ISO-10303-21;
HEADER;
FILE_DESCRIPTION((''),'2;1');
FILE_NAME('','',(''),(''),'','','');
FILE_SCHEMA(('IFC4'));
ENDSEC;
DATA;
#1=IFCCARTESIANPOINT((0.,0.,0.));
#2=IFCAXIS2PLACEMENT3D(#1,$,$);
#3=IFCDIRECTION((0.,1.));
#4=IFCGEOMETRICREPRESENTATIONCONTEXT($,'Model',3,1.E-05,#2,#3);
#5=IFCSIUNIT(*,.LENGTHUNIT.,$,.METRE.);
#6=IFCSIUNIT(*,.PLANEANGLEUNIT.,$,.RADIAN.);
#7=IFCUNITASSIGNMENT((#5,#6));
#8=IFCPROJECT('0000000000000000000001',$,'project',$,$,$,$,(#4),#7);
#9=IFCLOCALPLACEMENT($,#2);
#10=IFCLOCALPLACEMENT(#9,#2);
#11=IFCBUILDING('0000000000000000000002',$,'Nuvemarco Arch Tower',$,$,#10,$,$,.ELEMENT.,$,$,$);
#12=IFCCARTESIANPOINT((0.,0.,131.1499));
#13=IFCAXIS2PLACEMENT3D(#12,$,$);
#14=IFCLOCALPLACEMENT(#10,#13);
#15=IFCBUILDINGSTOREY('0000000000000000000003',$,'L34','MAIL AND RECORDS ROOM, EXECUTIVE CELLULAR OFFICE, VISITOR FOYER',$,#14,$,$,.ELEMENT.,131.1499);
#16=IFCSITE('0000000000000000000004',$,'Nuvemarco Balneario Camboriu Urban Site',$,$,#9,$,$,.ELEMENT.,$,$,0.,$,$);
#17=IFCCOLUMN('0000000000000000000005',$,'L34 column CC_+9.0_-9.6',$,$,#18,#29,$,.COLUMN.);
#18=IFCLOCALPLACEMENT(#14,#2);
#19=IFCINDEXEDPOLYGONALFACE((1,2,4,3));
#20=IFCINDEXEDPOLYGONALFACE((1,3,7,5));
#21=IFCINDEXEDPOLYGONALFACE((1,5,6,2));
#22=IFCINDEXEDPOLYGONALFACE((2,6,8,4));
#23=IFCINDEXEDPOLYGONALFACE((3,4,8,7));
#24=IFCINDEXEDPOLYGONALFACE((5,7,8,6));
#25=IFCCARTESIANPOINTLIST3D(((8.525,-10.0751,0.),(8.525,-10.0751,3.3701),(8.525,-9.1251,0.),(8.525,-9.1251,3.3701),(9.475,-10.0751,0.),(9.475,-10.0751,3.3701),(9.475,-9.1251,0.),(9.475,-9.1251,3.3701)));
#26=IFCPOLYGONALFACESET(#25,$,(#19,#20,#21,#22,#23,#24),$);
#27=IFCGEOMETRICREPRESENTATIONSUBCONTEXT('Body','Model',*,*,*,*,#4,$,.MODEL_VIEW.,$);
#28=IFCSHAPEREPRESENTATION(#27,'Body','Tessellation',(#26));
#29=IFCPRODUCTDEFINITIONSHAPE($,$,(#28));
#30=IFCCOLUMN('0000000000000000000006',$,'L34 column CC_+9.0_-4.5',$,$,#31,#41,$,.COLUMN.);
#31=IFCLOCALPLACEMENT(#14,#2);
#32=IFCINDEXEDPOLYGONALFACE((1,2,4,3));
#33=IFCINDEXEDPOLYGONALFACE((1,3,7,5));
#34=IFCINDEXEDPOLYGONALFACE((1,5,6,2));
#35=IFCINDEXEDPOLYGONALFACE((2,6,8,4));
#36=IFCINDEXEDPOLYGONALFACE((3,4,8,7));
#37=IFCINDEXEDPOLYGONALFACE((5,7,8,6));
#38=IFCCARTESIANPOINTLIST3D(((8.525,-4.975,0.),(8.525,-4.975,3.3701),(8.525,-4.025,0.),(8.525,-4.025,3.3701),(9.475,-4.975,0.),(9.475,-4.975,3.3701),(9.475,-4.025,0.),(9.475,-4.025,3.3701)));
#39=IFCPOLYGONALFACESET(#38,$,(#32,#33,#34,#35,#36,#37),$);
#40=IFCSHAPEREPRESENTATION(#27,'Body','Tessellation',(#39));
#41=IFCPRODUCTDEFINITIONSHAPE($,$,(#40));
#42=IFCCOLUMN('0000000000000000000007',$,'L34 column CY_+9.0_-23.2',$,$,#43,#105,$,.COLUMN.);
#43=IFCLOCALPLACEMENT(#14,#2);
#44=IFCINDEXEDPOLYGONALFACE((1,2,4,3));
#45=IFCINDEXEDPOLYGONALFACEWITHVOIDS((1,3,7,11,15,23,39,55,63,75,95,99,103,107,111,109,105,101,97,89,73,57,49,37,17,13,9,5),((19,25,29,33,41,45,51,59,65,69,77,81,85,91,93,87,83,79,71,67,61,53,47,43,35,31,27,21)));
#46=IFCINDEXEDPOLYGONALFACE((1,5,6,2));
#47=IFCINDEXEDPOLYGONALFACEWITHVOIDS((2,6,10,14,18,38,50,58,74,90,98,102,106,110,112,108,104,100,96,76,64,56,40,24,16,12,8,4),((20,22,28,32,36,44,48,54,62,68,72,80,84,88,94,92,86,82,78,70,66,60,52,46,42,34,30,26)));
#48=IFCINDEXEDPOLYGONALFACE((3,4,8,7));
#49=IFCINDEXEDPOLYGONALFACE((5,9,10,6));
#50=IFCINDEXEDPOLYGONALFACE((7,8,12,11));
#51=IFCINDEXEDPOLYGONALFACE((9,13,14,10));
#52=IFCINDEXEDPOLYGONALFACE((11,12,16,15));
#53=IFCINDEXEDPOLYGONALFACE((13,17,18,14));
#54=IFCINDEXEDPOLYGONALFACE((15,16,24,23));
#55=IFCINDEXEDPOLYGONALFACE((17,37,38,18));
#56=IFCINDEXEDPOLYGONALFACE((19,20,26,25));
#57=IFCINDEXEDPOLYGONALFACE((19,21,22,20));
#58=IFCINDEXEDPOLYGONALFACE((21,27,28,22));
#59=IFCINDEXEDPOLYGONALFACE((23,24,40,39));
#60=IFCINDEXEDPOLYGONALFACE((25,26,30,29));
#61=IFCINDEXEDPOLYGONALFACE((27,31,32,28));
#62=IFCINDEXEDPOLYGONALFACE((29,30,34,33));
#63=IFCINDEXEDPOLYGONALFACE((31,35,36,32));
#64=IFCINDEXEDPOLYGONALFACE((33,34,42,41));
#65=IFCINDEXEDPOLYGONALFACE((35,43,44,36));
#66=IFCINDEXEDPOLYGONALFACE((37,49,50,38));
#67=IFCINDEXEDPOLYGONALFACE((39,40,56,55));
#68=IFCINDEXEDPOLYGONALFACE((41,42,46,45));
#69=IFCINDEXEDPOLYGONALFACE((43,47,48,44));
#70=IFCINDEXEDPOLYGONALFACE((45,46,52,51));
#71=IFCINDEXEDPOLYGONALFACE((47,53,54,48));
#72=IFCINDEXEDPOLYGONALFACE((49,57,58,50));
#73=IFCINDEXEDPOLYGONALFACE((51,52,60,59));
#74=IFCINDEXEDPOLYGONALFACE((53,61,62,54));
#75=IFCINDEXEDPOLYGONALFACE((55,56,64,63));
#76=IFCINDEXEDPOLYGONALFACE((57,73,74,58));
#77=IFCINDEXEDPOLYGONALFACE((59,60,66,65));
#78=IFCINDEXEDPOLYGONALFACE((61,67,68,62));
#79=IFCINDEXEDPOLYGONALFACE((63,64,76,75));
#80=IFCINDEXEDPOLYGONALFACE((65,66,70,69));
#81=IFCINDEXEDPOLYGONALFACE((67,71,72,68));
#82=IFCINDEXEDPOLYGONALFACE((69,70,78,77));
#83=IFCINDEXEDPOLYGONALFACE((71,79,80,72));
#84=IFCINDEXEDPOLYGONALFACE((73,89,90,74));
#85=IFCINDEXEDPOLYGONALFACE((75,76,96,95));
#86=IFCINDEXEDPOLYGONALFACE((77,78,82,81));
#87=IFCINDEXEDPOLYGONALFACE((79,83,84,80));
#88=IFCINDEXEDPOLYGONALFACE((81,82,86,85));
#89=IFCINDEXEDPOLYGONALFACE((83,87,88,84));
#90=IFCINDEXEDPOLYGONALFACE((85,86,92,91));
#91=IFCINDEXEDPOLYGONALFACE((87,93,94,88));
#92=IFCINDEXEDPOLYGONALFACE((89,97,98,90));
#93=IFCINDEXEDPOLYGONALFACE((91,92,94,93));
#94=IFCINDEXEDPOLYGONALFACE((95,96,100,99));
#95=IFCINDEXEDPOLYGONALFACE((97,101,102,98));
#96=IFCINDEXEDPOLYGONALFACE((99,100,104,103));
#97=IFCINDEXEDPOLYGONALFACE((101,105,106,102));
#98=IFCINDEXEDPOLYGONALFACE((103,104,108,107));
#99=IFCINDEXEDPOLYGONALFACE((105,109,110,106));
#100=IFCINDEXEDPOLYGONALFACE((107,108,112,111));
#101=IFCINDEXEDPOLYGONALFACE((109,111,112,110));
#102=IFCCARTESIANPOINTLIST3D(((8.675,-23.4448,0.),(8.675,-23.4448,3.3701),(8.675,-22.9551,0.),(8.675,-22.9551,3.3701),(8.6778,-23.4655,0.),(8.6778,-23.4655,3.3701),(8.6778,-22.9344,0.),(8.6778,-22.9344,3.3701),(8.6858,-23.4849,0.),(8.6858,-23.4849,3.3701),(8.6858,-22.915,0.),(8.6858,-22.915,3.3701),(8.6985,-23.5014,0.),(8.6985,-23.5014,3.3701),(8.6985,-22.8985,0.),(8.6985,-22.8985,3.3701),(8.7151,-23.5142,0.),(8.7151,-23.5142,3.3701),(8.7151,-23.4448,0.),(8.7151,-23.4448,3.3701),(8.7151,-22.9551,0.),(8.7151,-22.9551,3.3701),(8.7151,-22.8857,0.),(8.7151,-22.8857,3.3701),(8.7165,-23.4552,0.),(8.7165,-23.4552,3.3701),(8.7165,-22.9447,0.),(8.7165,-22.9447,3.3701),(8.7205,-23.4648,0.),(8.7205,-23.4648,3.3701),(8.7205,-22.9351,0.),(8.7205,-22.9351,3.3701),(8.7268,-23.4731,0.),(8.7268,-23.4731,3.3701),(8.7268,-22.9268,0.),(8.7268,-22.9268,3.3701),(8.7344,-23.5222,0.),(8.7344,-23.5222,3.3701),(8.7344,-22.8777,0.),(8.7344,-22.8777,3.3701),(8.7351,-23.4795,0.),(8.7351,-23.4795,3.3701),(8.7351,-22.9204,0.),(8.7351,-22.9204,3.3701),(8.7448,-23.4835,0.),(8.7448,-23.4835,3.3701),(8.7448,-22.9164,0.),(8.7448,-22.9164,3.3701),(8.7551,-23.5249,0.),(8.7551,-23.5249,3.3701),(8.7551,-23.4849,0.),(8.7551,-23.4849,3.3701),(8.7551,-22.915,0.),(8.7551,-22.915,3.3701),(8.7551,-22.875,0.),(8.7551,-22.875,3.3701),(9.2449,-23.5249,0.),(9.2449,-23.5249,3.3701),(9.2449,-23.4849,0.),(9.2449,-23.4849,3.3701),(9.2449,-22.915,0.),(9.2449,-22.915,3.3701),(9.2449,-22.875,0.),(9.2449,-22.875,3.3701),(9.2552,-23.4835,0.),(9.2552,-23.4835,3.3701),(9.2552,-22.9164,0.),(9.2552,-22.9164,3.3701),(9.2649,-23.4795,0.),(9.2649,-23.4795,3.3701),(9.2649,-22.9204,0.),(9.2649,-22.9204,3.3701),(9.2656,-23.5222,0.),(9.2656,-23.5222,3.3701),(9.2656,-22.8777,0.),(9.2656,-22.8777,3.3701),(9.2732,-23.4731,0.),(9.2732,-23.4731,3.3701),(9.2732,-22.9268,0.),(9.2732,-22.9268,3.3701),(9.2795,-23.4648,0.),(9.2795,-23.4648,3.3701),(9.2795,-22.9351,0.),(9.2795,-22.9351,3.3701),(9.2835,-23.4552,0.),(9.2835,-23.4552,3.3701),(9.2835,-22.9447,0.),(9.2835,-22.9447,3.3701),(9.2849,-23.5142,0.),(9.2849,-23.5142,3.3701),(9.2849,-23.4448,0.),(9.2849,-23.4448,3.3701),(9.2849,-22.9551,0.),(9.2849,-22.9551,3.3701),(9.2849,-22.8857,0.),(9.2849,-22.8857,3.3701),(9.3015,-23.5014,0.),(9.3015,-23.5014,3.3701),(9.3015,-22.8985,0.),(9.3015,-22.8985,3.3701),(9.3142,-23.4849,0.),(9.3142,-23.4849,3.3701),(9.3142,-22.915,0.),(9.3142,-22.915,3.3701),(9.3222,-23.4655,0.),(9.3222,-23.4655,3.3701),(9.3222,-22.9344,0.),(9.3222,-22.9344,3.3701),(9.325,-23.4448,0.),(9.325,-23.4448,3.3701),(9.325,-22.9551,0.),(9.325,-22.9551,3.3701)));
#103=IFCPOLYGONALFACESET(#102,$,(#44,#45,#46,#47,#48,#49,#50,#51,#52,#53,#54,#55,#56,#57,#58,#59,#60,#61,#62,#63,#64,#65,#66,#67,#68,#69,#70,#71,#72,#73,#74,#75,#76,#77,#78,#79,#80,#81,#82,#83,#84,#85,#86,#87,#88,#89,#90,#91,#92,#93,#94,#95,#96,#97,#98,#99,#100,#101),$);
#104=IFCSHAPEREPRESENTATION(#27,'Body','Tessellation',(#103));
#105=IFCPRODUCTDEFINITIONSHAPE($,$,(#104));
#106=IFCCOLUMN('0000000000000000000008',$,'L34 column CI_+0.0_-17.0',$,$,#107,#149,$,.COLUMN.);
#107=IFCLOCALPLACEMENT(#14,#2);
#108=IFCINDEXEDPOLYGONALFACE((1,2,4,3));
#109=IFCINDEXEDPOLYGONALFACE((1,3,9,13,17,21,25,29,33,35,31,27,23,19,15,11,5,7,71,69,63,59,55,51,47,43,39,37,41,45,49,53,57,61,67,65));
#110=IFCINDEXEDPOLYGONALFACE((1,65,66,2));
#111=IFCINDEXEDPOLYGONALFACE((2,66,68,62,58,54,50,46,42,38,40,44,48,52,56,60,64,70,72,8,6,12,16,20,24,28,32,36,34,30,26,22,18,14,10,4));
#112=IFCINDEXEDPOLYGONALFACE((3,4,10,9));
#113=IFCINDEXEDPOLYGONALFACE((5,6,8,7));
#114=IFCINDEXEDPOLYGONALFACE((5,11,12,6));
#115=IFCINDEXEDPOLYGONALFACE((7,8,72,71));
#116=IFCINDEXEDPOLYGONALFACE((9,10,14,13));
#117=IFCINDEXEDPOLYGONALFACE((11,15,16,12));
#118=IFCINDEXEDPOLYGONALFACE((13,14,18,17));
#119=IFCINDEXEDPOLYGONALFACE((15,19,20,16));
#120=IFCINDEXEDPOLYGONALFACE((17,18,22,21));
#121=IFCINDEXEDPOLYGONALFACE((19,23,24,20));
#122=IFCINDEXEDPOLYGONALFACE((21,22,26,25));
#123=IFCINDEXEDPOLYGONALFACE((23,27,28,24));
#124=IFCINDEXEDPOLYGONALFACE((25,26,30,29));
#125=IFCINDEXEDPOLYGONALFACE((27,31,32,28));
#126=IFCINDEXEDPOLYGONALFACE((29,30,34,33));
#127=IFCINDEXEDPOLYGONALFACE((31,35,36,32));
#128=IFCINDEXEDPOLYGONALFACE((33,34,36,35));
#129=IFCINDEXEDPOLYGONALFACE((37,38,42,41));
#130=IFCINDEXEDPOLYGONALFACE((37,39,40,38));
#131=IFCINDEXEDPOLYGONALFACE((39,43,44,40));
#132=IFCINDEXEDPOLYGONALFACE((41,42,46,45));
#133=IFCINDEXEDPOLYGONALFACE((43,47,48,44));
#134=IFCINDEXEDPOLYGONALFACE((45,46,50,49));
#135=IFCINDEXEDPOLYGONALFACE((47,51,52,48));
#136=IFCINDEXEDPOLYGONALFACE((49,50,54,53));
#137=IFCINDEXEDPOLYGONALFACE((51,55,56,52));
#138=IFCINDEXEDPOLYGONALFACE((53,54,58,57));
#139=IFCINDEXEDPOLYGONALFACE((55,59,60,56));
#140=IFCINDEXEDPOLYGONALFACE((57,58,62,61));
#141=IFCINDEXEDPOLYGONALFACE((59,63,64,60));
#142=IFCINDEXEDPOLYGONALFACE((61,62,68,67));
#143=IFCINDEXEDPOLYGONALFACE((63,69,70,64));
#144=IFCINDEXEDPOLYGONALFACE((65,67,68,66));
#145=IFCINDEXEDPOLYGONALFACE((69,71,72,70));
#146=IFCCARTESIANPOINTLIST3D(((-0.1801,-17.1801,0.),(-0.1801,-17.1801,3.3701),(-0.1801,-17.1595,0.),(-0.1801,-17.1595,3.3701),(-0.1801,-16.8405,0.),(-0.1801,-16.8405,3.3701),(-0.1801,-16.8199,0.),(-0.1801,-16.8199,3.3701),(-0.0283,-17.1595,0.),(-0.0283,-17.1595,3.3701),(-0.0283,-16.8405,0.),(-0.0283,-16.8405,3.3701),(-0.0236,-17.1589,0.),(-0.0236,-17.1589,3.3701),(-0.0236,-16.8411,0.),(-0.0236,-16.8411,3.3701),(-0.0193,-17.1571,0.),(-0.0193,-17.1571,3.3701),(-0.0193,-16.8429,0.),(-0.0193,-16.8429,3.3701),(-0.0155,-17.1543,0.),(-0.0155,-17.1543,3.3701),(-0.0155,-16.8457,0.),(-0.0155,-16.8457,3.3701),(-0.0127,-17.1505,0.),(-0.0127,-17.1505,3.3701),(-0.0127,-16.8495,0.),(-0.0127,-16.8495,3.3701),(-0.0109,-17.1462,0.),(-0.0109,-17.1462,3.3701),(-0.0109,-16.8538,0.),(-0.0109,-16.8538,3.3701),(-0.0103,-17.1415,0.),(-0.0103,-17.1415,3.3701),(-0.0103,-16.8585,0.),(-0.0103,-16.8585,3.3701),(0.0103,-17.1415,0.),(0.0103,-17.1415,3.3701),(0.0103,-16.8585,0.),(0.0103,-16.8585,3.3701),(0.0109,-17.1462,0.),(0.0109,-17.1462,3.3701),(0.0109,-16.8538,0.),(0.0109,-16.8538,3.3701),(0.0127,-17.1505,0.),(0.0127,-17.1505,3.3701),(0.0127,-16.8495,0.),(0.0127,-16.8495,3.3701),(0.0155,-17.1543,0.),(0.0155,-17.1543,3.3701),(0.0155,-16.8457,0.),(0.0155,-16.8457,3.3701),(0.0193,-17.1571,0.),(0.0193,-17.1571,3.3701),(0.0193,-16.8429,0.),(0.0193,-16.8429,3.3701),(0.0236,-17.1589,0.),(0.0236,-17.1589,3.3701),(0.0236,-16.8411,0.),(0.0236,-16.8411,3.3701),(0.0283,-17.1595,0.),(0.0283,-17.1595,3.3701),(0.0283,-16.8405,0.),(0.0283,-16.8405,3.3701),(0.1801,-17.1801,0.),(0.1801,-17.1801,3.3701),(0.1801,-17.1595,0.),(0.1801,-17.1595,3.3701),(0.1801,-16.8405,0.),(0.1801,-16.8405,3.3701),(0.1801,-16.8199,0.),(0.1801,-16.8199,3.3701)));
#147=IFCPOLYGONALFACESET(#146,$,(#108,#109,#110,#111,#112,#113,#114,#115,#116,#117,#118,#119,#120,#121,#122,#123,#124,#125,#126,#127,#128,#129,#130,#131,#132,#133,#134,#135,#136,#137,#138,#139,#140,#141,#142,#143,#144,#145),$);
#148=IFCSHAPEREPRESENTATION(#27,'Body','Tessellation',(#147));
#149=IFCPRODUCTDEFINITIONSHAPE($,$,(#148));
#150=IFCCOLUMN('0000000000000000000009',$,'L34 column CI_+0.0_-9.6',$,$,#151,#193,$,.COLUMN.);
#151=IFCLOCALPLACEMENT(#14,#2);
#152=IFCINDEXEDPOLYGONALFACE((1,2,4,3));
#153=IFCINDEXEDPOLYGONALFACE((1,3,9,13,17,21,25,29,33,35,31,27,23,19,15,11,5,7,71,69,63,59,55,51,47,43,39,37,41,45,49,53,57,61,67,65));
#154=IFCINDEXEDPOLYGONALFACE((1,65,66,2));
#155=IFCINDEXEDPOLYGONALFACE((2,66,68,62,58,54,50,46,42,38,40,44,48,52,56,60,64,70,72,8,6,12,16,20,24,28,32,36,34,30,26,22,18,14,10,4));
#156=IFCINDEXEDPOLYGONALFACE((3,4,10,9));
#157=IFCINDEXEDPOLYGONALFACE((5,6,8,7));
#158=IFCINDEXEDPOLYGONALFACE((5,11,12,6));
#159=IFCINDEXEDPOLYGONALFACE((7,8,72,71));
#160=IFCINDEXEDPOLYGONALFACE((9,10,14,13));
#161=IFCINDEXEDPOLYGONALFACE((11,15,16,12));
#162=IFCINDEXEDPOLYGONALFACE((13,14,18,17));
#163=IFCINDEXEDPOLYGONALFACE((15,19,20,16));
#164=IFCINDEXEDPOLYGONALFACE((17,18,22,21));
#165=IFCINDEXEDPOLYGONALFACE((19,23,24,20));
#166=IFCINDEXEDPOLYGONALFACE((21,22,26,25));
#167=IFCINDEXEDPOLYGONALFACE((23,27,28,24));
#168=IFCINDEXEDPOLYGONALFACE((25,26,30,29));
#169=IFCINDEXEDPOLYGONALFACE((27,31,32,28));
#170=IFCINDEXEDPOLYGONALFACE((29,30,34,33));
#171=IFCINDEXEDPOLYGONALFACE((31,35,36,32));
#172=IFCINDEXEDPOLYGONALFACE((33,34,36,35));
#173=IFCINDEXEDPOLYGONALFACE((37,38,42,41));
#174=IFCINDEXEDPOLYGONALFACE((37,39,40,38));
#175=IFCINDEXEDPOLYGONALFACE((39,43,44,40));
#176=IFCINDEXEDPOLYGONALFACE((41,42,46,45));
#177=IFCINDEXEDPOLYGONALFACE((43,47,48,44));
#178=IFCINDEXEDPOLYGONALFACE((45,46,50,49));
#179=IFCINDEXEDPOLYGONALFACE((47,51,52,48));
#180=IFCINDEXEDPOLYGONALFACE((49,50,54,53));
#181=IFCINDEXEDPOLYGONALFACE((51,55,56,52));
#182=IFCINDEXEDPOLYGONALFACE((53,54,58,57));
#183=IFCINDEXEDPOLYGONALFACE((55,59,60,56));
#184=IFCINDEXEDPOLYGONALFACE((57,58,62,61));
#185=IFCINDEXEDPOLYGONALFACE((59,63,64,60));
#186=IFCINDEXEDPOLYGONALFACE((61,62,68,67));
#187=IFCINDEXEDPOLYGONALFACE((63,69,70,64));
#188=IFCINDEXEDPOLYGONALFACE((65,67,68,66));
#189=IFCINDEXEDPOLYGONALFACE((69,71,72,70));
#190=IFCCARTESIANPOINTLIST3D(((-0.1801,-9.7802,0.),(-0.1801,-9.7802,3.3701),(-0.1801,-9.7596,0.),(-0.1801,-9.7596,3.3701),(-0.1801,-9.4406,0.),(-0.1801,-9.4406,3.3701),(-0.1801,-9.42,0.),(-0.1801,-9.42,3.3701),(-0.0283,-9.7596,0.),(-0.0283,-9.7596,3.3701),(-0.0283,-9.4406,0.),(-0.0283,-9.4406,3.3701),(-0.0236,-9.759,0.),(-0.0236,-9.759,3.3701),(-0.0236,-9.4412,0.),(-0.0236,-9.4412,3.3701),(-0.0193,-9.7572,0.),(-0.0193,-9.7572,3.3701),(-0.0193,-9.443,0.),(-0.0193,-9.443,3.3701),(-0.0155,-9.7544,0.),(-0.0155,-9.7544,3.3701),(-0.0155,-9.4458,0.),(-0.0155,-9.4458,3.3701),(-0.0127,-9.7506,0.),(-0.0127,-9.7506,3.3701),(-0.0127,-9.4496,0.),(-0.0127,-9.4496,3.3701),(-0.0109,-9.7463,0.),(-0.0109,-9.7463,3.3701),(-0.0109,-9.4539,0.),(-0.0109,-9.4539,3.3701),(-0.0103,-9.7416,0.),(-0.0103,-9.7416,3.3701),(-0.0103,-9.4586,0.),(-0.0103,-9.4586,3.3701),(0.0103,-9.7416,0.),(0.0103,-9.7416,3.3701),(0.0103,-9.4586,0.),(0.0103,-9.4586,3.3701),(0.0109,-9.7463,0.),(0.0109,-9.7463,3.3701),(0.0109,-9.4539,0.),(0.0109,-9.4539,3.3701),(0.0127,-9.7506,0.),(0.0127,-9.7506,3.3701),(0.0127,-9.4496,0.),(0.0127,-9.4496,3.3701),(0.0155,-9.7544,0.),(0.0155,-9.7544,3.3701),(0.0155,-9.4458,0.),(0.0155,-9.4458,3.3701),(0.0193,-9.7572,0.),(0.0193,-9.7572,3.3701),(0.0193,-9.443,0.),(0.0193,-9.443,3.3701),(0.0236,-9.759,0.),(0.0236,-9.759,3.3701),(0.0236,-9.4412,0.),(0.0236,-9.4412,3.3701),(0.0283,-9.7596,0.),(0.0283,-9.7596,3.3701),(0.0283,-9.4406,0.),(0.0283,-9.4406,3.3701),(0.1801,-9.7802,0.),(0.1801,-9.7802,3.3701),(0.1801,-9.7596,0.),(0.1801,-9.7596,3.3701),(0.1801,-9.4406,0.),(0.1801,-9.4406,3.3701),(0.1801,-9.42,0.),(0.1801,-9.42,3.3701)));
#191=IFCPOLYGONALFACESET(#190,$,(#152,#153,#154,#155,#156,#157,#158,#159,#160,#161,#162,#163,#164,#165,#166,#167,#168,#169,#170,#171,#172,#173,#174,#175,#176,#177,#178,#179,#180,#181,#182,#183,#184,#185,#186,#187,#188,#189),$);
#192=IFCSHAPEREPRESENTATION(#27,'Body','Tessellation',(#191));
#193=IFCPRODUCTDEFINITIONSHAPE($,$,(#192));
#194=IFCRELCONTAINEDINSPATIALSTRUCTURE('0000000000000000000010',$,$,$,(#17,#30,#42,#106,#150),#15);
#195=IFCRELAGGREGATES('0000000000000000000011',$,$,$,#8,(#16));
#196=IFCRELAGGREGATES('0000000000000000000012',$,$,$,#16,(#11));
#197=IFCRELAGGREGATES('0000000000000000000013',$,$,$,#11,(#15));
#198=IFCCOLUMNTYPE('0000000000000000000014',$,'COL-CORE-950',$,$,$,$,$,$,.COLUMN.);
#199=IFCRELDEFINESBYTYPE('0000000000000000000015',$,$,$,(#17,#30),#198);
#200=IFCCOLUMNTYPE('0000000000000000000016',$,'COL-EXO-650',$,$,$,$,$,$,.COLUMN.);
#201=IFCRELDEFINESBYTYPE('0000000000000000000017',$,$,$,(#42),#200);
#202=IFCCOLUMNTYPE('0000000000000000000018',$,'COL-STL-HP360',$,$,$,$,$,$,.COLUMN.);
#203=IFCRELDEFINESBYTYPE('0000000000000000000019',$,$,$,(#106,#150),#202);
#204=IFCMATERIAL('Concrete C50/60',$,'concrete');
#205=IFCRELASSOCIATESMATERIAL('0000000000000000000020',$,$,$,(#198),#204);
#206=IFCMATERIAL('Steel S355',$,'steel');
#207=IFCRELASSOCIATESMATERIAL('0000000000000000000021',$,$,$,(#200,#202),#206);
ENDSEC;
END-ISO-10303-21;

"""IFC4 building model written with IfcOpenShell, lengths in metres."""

from ifc_helpers import new_model, si_unit, direction, frame, origin, origin_2d, place, context, subcontext, project, spatial, rectangle, hollow_rectangle, i_section, extrude, material, material_profile, profile_set, type_object, element, save


model = new_model("IFC4")

# Units and contexts
model_context = context("Model", 3, precision=1e-05, world=origin(), true_north=direction((0.0, 1.0)))
body_context = subcontext(model_context, "Body", "Model", "MODEL_VIEW")
ifc_project = project(units=[si_unit("LENGTHUNIT", "METRE"), si_unit("PLANEANGLEUNIT", "RADIAN")], contexts=[model_context])

# Site, building, storey
site_placement = place(None, origin())
site = spatial("IfcSite", under=ifc_project, at=site_placement, Name="Nuvemarco Balneario Camboriu Urban Site", CompositionType="ELEMENT", RefElevation=0.0)
building_placement = place(site_placement, origin())
building = spatial("IfcBuilding", under=site, at=building_placement, Name="Nuvemarco Arch Tower", CompositionType="ELEMENT")
storey_placement = place(building_placement, frame((0.0, 0.0, 131.1499)))
storey = spatial("IfcBuildingStorey", under=building, at=storey_placement, Name="L34", Description="MAIL AND RECORDS ROOM, EXECUTIVE CELLULAR OFFICE, VISITOR FOYER", CompositionType="ELEMENT", Elevation=131.1499)

# Columns
ifc_material_1 = material(Name="Concrete C50/60", Category="concrete")
ifc_material_profile_1 = material_profile(ifc_material_1, rectangle(XDim=0.95, YDim=0.95, at=origin_2d()), Name="RC-COL-950x950")
ifc_profile_set_1 = profile_set([ifc_material_profile_1], Name="Concrete C50/60")
column_type_1 = type_object("IfcColumnType", Name="COL-CORE-950", PredefinedType="COLUMN", material=ifc_profile_set_1)
for number, where, z_axis, x_axis, name in (
    (1, (9.0, -9.6001, 0.0), (0.0, 0.0, 1.0), (1.0, 0.0, 0.0), "L34 column CC_+9.0_-9.6"),
    (2, (9.0, -4.5, 0.0), (0.0, 0.0, 1.0), (1.0, 0.0, 0.0), "L34 column CC_+9.0_-4.5"),
):
    element("IfcColumn", number, at=place(storey_placement, frame(where, z_axis=z_axis, x_axis=x_axis)), inside=storey, type_object=column_type_1, Name=name, PredefinedType="COLUMN", context=body_context, shape_type="SweptSolid", body=[
        extrude(rectangle(XDim=0.95, YDim=0.95, at=origin_2d()), origin(), (0.0, 0.0, 1.0), 3.3701),
    ])
ifc_material_2 = material(Name="Steel S355", Category="steel")
ifc_material_profile_2 = material_profile(ifc_material_2, hollow_rectangle(XDim=0.6499, YDim=0.6499, WallThickness=0.04, InnerFilletRadius=0.04, OuterFilletRadius=0.0801, at=origin_2d()), Name="SHS650x650x40")
ifc_profile_set_2 = profile_set([ifc_material_profile_2], Name="Steel S355")
column_type_2 = type_object("IfcColumnType", Name="COL-EXO-650", PredefinedType="COLUMN", material=ifc_profile_set_2)
column_placement = place(storey_placement, frame((9.0, -23.2, 0.0), z_axis=(0.0, 0.0, 1.0), x_axis=(1.0, 0.0, 0.0)))
element("IfcColumn", 3, at=column_placement, inside=storey, type_object=column_type_2, Name="L34 column CY_+9.0_-23.2", PredefinedType="COLUMN", context=body_context, shape_type="SweptSolid", body=[
    extrude(hollow_rectangle(XDim=0.6499, YDim=0.6499, WallThickness=0.04, InnerFilletRadius=0.04, OuterFilletRadius=0.0801, at=origin_2d()), origin(), (0.0, 0.0, 1.0), 3.3701),
])
ifc_material_profile_3 = material_profile(ifc_material_2, i_section(OverallWidth=0.3601, OverallDepth=0.3601, WebThickness=0.0205, FlangeThickness=0.0205, FilletRadius=0.0181, at=origin_2d()), Name="HP360x174")
ifc_profile_set_3 = profile_set([ifc_material_profile_3], Name="Steel S355")
column_type_3 = type_object("IfcColumnType", Name="COL-STL-HP360", PredefinedType="COLUMN", material=ifc_profile_set_3)
for number, where, z_axis, x_axis, name in (
    (4, (0.0, -17.0, 0.0), (0.0, 0.0, 1.0), (1.0, 0.0, 0.0), "L34 column CI_+0.0_-17.0"),
    (5, (0.0, -9.6001, 0.0), (0.0, 0.0, 1.0), (1.0, 0.0, 0.0), "L34 column CI_+0.0_-9.6"),
):
    element("IfcColumn", number, at=place(storey_placement, frame(where, z_axis=z_axis, x_axis=x_axis)), inside=storey, type_object=column_type_3, Name=name, PredefinedType="COLUMN", context=body_context, shape_type="SweptSolid", body=[
        extrude(i_section(OverallWidth=0.3601, OverallDepth=0.3601, WebThickness=0.0205, FlangeThickness=0.0205, FilletRadius=0.0181, at=origin_2d()), origin(), (0.0, 0.0, 1.0), 3.3701),
    ])

save(model, "model.ifc")
